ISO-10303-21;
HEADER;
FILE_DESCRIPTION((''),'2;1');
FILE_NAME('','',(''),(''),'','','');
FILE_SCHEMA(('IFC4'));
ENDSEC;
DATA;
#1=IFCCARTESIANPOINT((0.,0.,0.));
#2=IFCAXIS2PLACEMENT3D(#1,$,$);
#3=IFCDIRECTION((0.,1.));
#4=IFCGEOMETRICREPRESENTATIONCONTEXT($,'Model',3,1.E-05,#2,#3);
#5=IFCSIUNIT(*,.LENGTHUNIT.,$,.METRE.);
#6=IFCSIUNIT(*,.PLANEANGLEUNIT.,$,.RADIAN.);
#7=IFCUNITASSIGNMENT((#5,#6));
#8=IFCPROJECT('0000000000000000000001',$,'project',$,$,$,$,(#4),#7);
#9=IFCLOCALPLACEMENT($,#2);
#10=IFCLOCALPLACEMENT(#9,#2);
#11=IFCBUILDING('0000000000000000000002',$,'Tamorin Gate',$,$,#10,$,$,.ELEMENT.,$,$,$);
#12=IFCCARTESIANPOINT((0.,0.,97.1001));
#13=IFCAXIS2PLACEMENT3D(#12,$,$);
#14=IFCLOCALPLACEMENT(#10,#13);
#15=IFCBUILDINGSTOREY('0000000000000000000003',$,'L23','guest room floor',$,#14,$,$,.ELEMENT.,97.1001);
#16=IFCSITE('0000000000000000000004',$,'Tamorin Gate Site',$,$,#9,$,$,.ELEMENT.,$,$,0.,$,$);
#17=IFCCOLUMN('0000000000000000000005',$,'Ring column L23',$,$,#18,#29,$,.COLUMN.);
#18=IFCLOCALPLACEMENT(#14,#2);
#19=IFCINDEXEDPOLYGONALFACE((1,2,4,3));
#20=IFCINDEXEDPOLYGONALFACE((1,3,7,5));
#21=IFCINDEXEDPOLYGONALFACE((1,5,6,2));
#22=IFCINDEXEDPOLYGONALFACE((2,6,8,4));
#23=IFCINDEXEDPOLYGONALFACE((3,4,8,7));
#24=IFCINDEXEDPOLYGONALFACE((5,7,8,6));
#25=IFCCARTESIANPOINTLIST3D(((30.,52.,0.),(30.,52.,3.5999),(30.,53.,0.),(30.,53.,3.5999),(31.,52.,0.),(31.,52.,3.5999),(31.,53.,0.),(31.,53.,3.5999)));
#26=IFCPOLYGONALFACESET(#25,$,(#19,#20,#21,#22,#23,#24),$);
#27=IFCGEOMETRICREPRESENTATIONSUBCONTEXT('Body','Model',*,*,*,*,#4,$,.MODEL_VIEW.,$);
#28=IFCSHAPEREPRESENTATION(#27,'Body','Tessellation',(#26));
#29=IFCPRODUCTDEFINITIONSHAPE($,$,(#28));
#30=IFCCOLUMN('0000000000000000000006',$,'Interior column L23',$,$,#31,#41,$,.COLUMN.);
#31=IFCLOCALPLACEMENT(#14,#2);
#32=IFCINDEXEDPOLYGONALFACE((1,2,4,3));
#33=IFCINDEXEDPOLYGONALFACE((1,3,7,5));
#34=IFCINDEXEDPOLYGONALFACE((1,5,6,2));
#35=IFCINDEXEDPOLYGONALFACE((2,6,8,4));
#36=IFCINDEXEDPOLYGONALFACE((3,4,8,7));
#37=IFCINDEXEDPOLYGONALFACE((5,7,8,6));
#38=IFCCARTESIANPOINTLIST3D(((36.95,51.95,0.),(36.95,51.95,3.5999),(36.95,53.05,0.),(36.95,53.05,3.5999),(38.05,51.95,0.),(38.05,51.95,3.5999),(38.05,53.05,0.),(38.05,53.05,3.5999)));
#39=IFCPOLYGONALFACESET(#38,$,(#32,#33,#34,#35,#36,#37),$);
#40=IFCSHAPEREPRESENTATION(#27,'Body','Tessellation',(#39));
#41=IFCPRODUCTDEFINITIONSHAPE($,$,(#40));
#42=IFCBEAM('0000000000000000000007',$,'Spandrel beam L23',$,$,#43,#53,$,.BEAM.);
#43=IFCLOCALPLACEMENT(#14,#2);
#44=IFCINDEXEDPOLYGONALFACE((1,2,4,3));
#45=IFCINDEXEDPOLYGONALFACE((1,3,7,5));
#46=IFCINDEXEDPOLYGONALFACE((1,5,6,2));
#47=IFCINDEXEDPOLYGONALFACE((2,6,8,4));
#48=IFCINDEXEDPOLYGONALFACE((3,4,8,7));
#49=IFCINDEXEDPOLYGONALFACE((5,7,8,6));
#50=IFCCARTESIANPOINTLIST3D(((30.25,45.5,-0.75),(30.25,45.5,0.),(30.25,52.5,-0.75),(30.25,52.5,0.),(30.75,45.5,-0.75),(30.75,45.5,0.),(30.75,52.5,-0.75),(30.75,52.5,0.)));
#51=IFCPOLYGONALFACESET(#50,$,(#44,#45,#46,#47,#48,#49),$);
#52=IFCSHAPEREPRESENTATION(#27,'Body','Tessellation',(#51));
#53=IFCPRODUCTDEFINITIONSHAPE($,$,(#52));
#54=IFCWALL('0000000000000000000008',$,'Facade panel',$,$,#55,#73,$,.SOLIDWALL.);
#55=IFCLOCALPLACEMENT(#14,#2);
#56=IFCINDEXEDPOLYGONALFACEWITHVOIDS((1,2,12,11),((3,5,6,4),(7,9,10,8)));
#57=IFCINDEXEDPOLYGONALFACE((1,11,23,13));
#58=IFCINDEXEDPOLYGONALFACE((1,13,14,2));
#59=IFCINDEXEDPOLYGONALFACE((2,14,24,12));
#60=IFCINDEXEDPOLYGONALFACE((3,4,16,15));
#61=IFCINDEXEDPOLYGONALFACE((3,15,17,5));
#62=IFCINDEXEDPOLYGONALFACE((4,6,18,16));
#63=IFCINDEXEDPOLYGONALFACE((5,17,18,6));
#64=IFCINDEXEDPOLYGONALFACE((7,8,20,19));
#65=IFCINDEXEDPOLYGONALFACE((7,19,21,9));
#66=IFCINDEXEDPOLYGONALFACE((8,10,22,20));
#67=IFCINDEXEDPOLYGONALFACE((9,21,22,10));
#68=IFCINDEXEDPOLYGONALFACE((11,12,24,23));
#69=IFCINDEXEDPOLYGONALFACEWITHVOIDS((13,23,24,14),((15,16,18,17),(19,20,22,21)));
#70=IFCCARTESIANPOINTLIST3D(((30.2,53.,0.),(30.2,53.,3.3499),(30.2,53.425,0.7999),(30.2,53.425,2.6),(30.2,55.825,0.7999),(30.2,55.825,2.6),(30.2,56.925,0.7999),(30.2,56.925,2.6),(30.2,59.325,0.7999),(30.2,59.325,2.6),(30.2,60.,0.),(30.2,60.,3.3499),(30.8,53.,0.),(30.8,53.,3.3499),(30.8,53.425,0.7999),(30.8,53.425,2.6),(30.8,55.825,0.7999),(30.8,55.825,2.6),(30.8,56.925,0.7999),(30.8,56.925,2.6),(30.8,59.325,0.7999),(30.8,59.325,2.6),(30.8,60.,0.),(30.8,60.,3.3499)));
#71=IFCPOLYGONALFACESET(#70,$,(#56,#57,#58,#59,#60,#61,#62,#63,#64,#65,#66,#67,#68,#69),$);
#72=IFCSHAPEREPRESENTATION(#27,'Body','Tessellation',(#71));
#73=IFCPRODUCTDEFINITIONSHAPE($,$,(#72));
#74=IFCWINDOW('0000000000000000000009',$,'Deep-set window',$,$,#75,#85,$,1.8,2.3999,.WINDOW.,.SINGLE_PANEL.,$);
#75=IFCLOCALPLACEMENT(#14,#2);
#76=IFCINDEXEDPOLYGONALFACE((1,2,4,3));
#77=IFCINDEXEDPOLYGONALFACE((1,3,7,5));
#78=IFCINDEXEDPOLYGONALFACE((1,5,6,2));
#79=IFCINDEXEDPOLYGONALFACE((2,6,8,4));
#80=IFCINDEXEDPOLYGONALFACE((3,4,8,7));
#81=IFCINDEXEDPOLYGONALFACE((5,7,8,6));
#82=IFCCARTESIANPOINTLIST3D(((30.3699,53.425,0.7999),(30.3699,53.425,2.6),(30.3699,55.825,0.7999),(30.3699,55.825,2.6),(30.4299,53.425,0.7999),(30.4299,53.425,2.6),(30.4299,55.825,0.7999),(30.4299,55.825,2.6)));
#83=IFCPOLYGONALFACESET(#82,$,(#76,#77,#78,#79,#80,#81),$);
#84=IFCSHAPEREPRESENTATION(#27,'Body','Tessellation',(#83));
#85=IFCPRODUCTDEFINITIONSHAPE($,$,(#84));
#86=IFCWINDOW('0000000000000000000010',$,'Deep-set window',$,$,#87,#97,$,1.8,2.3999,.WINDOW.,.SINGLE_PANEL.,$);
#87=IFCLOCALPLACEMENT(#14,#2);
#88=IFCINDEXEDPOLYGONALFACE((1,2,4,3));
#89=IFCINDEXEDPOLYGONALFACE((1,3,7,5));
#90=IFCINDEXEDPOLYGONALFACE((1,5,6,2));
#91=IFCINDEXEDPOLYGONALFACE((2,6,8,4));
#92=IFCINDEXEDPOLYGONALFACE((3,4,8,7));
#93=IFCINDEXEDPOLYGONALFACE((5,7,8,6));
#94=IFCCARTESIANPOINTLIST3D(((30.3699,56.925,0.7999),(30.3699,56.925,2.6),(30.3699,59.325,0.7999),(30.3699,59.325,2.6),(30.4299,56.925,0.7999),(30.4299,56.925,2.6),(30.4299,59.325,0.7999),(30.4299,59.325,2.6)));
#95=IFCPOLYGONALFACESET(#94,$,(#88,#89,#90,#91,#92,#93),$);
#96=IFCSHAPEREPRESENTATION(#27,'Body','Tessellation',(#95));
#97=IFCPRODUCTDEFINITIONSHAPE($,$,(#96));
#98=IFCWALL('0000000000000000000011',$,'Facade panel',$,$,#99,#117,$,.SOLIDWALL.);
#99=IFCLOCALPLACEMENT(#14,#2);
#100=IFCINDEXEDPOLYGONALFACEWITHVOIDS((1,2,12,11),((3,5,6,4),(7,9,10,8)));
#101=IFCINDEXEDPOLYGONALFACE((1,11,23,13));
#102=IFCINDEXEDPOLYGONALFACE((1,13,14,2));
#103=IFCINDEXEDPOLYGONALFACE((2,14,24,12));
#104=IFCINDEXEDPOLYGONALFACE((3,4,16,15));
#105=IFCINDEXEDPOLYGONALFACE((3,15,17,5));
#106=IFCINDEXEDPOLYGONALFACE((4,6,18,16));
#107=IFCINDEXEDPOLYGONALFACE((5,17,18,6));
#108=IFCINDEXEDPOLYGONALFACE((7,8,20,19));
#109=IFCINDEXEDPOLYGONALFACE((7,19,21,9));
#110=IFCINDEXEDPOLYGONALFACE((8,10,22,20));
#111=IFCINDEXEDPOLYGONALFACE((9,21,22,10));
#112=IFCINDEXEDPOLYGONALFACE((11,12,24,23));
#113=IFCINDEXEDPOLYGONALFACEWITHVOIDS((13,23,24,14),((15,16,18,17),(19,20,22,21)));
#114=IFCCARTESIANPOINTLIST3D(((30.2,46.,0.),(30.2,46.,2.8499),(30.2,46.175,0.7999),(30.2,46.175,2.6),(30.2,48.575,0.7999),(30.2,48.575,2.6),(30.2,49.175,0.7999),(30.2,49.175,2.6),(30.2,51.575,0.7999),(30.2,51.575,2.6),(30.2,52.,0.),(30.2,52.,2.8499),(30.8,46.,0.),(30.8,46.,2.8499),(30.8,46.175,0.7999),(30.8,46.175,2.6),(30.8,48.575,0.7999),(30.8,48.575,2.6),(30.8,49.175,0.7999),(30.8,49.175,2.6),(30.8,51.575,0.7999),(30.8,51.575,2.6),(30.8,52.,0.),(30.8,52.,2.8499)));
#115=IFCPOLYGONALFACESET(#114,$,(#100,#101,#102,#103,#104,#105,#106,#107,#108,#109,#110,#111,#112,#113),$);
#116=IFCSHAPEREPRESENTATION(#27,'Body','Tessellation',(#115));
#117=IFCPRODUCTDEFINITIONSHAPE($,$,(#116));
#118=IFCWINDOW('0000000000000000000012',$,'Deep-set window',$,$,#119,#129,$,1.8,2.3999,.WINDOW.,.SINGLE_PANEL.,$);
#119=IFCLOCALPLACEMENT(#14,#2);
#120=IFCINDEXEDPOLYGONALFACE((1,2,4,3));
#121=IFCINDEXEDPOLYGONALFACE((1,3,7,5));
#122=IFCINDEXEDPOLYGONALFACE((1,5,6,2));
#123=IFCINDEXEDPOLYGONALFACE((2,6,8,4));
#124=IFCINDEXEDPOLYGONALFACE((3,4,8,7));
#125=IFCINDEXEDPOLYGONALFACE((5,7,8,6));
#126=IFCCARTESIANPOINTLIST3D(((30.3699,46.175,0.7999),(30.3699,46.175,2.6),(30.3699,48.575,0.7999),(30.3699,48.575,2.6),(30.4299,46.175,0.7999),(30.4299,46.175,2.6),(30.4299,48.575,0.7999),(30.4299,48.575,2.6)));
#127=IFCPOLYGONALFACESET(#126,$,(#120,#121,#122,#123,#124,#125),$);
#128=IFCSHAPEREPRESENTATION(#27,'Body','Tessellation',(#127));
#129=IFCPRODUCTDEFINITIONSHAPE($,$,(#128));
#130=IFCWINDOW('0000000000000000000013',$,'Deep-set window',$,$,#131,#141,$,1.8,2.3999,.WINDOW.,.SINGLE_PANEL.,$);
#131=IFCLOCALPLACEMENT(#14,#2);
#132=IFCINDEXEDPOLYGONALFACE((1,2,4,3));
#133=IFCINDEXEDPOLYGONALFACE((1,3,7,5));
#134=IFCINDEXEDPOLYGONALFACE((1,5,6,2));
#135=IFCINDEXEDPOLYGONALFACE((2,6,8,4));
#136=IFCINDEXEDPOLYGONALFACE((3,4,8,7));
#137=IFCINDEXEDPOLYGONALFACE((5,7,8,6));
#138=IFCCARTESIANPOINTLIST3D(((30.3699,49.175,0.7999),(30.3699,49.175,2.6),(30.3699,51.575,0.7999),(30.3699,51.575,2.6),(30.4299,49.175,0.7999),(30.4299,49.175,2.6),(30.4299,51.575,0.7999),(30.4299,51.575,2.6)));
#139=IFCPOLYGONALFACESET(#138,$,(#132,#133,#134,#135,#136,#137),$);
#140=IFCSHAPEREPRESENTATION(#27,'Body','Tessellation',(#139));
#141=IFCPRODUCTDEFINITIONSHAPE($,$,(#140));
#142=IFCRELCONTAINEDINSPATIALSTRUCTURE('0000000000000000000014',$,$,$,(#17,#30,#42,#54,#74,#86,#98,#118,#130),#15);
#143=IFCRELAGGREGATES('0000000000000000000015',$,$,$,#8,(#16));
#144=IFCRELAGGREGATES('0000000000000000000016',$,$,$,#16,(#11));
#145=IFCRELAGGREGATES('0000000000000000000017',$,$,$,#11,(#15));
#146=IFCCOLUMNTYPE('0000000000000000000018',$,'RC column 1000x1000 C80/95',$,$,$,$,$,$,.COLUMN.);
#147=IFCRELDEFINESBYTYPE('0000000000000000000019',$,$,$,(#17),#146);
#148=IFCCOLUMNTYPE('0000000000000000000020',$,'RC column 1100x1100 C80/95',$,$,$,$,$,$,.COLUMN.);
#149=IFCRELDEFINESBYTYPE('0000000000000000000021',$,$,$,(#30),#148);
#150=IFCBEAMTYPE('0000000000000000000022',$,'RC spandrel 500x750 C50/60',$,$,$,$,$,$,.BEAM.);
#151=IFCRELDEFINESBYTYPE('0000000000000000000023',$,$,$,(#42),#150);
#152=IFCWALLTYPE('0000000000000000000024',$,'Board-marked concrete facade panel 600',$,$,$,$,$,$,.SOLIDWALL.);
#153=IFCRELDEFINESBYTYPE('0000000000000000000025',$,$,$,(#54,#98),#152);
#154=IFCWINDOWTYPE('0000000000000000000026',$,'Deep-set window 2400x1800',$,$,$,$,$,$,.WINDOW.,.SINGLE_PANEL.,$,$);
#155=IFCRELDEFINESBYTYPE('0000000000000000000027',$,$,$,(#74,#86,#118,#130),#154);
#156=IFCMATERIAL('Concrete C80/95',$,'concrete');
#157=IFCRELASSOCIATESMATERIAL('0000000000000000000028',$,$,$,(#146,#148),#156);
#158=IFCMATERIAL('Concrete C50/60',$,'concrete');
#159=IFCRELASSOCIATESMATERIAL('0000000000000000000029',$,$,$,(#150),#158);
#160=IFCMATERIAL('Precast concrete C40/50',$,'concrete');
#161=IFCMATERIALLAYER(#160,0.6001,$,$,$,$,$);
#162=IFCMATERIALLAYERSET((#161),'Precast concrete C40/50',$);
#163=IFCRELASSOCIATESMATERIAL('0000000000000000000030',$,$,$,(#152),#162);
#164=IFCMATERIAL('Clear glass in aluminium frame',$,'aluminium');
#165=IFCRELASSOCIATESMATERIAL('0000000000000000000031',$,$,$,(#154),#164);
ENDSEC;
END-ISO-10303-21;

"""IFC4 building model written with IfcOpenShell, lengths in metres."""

from ifc_helpers import new_model, si_unit, direction, frame, frame_2d, origin, origin_2d, place, context, subcontext, project, spatial, rectangle, extrude, material, layer, layer_set, material_profile, profile_set, type_object, element, fill, save


model = new_model("IFC4")

# Units and contexts
model_context = context("Model", 3, precision=1e-05, world=origin(), true_north=direction((0.0, 1.0)))
body_context = subcontext(model_context, "Body", "Model", "MODEL_VIEW")
ifc_project = project(units=[si_unit("LENGTHUNIT", "METRE"), si_unit("PLANEANGLEUNIT", "RADIAN")], contexts=[model_context])

# Site, building, storey
site_placement = place(None, origin())
site = spatial("IfcSite", under=ifc_project, at=site_placement, Name="Tamorin Gate Site", CompositionType="ELEMENT", RefElevation=0.0)
building_placement = place(site_placement, origin())
building = spatial("IfcBuilding", under=site, at=building_placement, Name="Tamorin Gate", CompositionType="ELEMENT")
storey_placement = place(building_placement, frame((0.0, 0.0, 97.1001)))
storey = spatial("IfcBuildingStorey", under=building, at=storey_placement, Name="L23", Description="guest room floor", CompositionType="ELEMENT", Elevation=97.1001)

# Columns
ifc_material_1 = material(Name="Concrete C80/95", Category="concrete")
ifc_material_profile_1 = material_profile(ifc_material_1, rectangle(XDim=1.0, YDim=1.0, at=origin_2d()), Name="RC 1000x1000")
ifc_profile_set_1 = profile_set([ifc_material_profile_1], Name="Concrete C80/95")
column_type_1 = type_object("IfcColumnType", Name="RC column 1000x1000 C80/95", PredefinedType="COLUMN", material=ifc_profile_set_1)
column_1_placement = place(storey_placement, frame((30.5, 52.5, 0.0), z_axis=(0.0, 0.0, 1.0), x_axis=(1.0, 0.0, 0.0)))
element("IfcColumn", 1, at=column_1_placement, inside=storey, type_object=column_type_1, Name="Ring column L23", PredefinedType="COLUMN", context=body_context, shape_type="SweptSolid", body=[
    extrude(rectangle(XDim=1.0, YDim=1.0, at=origin_2d()), origin(), (0.0, 0.0, 1.0), 3.5999),
])
ifc_material_profile_2 = material_profile(ifc_material_1, rectangle(XDim=1.1001, YDim=1.1001, at=origin_2d()), Name="RC 1100x1100")
ifc_profile_set_2 = profile_set([ifc_material_profile_2], Name="Concrete C80/95")
column_type_2 = type_object("IfcColumnType", Name="RC column 1100x1100 C80/95", PredefinedType="COLUMN", material=ifc_profile_set_2)
column_2_placement = place(storey_placement, frame((37.5, 52.5, 0.0), z_axis=(0.0, 0.0, 1.0), x_axis=(1.0, 0.0, 0.0)))
element("IfcColumn", 2, at=column_2_placement, inside=storey, type_object=column_type_2, Name="Interior column L23", PredefinedType="COLUMN", context=body_context, shape_type="SweptSolid", body=[
    extrude(rectangle(XDim=1.1001, YDim=1.1001, at=origin_2d()), origin(), (0.0, 0.0, 1.0), 3.5999),
])

# Beam
ifc_material_2 = material(Name="Concrete C50/60", Category="concrete")
ifc_material_profile_3 = material_profile(ifc_material_2, rectangle(XDim=0.5, YDim=0.75, at=origin_2d()), Name="RC 500x750")
ifc_profile_set_3 = profile_set([ifc_material_profile_3], Name="Concrete C50/60")
beam_type = type_object("IfcBeamType", Name="RC spandrel 500x750 C50/60", PredefinedType="BEAM", material=ifc_profile_set_3)
beam_placement = place(storey_placement, frame((30.5, 52.5, -0.375), z_axis=(0.0, -1.0, 0.0), x_axis=(1.0, 0.0, 0.0)))
element("IfcBeam", 3, at=beam_placement, inside=storey, type_object=beam_type, Name="Spandrel beam L23", PredefinedType="BEAM", context=body_context, shape_type="SweptSolid", body=[
    extrude(rectangle(XDim=0.5, YDim=0.75, at=origin_2d()), origin(), (0.0, 0.0, 1.0), 7.0),
])

# Walls, openings, windows
ifc_material_3 = material(Name="Precast concrete C40/50", Category="concrete")
ifc_layer_1 = layer(ifc_material_3, 0.6001)
ifc_layer_set_1 = layer_set([ifc_layer_1], Name="Precast concrete C40/50")
wall_type_1 = type_object("IfcWallType", Name="Board-marked concrete facade panel 600", PredefinedType="SOLIDWALL", material=ifc_layer_set_1)
wall_1_placement = place(storey_placement, frame((30.5, 60.0, 0.0), z_axis=(0.0, 0.0, 1.0), x_axis=(0.0, -1.0, 0.0)))
wall_1 = element("IfcWall", 4, at=wall_1_placement, inside=storey, type_object=wall_type_1, Name="Facade panel", PredefinedType="SOLIDWALL", context=body_context, shape_type="SweptSolid", body=[
    extrude(rectangle(XDim=7.0, YDim=0.6001, at=frame_2d((3.5, 0.0))), origin(), (0.0, 0.0, 1.0), 3.3499),
])
opening_1_placement = place(wall_1_placement, frame((4.175, 0.0, 0.8)))
opening_1 = element("IfcOpeningElement", 5, at=opening_1_placement, cuts=wall_1, PredefinedType="OPENING", context=body_context, shape_type="SweptSolid", body=[
    extrude(rectangle(XDim=2.3999, YDim=1.8, at=frame_2d((1.2, 0.8999))), frame((0.0, 0.3101, 0.0), z_axis=(0.0, -1.0, 0.0), x_axis=(1.0, 0.0, 0.0)), (0.0, 0.0, 1.0), 0.6201),
])
opening_2_placement = place(wall_1_placement, frame((0.675, 0.0, 0.8)))
opening_2 = element("IfcOpeningElement", 6, at=opening_2_placement, cuts=wall_1, PredefinedType="OPENING", context=body_context, shape_type="SweptSolid", body=[
    extrude(rectangle(XDim=2.3999, YDim=1.8, at=frame_2d((1.2, 0.8999))), frame((0.0, 0.3101, 0.0), z_axis=(0.0, -1.0, 0.0), x_axis=(1.0, 0.0, 0.0)), (0.0, 0.0, 1.0), 0.6201),
])
ifc_material_4 = material(Name="Clear glass in aluminium frame", Category="aluminium")
window_type = type_object("IfcWindowType", Name="Deep-set window 2400x1800", PartitioningType="SINGLE_PANEL", PredefinedType="WINDOW", material=ifc_material_4)
window_1_placement = place(opening_1_placement, origin())
window_1 = element("IfcWindow", 7, at=window_1_placement, inside=storey, type_object=window_type, Name="Deep-set window", OverallHeight=1.8, OverallWidth=2.3999, PartitioningType="SINGLE_PANEL", PredefinedType="WINDOW", context=body_context, shape_type="SweptSolid", body=[
    extrude(rectangle(XDim=2.3999, YDim=1.8, at=frame_2d((1.2, 0.8999))), frame((0.0, -0.0701, 0.0), z_axis=(0.0, -1.0, 0.0), x_axis=(1.0, 0.0, 0.0)), (0.0, 0.0, 1.0), 0.0601),
])
fill(opening_1, window_1)
window_2_placement = place(opening_2_placement, origin())
window_2 = element("IfcWindow", 8, at=window_2_placement, inside=storey, type_object=window_type, Name="Deep-set window", OverallHeight=1.8, OverallWidth=2.3999, PartitioningType="SINGLE_PANEL", PredefinedType="WINDOW", context=body_context, shape_type="SweptSolid", body=[
    extrude(rectangle(XDim=2.3999, YDim=1.8, at=frame_2d((1.2, 0.8999))), frame((0.0, -0.0701, 0.0), z_axis=(0.0, -1.0, 0.0), x_axis=(1.0, 0.0, 0.0)), (0.0, 0.0, 1.0), 0.0601),
])
fill(opening_2, window_2)
wall_2_placement = place(storey_placement, frame((30.5, 52.0, 0.0), z_axis=(0.0, 0.0, 1.0), x_axis=(0.0, -1.0, 0.0)))
wall_2 = element("IfcWall", 9, at=wall_2_placement, inside=storey, type_object=wall_type_1, Name="Facade panel", PredefinedType="SOLIDWALL", context=body_context, shape_type="SweptSolid", body=[
    extrude(rectangle(XDim=6.0, YDim=0.6001, at=frame_2d((3.0, 0.0))), origin(), (0.0, 0.0, 1.0), 2.8499),
])
opening_3_placement = place(wall_2_placement, frame((3.425, 0.0, 0.8)))
opening_3 = element("IfcOpeningElement", 10, at=opening_3_placement, cuts=wall_2, PredefinedType="OPENING", context=body_context, shape_type="SweptSolid", body=[
    extrude(rectangle(XDim=2.3999, YDim=1.8, at=frame_2d((1.2, 0.8999))), frame((0.0, 0.3101, 0.0), z_axis=(0.0, -1.0, 0.0), x_axis=(1.0, 0.0, 0.0)), (0.0, 0.0, 1.0), 0.6201),
])
opening_4_placement = place(wall_2_placement, frame((0.425, 0.0, 0.8)))
opening_4 = element("IfcOpeningElement", 11, at=opening_4_placement, cuts=wall_2, PredefinedType="OPENING", context=body_context, shape_type="SweptSolid", body=[
    extrude(rectangle(XDim=2.3999, YDim=1.8, at=frame_2d((1.2, 0.8999))), frame((0.0, 0.3101, 0.0), z_axis=(0.0, -1.0, 0.0), x_axis=(1.0, 0.0, 0.0)), (0.0, 0.0, 1.0), 0.6201),
])
window_3_placement = place(opening_3_placement, origin())
window_3 = element("IfcWindow", 12, at=window_3_placement, inside=storey, type_object=window_type, Name="Deep-set window", OverallHeight=1.8, OverallWidth=2.3999, PartitioningType="SINGLE_PANEL", PredefinedType="WINDOW", context=body_context, shape_type="SweptSolid", body=[
    extrude(rectangle(XDim=2.3999, YDim=1.8, at=frame_2d((1.2, 0.8999))), frame((0.0, -0.0701, 0.0), z_axis=(0.0, -1.0, 0.0), x_axis=(1.0, 0.0, 0.0)), (0.0, 0.0, 1.0), 0.0601),
])
fill(opening_3, window_3)
window_4_placement = place(opening_4_placement, origin())
window_4 = element("IfcWindow", 13, at=window_4_placement, inside=storey, type_object=window_type, Name="Deep-set window", OverallHeight=1.8, OverallWidth=2.3999, PartitioningType="SINGLE_PANEL", PredefinedType="WINDOW", context=body_context, shape_type="SweptSolid", body=[
    extrude(rectangle(XDim=2.3999, YDim=1.8, at=frame_2d((1.2, 0.8999))), frame((0.0, -0.0701, 0.0), z_axis=(0.0, -1.0, 0.0), x_axis=(1.0, 0.0, 0.0)), (0.0, 0.0, 1.0), 0.0601),
])
fill(opening_4, window_4)

save(model, "model.ifc")
